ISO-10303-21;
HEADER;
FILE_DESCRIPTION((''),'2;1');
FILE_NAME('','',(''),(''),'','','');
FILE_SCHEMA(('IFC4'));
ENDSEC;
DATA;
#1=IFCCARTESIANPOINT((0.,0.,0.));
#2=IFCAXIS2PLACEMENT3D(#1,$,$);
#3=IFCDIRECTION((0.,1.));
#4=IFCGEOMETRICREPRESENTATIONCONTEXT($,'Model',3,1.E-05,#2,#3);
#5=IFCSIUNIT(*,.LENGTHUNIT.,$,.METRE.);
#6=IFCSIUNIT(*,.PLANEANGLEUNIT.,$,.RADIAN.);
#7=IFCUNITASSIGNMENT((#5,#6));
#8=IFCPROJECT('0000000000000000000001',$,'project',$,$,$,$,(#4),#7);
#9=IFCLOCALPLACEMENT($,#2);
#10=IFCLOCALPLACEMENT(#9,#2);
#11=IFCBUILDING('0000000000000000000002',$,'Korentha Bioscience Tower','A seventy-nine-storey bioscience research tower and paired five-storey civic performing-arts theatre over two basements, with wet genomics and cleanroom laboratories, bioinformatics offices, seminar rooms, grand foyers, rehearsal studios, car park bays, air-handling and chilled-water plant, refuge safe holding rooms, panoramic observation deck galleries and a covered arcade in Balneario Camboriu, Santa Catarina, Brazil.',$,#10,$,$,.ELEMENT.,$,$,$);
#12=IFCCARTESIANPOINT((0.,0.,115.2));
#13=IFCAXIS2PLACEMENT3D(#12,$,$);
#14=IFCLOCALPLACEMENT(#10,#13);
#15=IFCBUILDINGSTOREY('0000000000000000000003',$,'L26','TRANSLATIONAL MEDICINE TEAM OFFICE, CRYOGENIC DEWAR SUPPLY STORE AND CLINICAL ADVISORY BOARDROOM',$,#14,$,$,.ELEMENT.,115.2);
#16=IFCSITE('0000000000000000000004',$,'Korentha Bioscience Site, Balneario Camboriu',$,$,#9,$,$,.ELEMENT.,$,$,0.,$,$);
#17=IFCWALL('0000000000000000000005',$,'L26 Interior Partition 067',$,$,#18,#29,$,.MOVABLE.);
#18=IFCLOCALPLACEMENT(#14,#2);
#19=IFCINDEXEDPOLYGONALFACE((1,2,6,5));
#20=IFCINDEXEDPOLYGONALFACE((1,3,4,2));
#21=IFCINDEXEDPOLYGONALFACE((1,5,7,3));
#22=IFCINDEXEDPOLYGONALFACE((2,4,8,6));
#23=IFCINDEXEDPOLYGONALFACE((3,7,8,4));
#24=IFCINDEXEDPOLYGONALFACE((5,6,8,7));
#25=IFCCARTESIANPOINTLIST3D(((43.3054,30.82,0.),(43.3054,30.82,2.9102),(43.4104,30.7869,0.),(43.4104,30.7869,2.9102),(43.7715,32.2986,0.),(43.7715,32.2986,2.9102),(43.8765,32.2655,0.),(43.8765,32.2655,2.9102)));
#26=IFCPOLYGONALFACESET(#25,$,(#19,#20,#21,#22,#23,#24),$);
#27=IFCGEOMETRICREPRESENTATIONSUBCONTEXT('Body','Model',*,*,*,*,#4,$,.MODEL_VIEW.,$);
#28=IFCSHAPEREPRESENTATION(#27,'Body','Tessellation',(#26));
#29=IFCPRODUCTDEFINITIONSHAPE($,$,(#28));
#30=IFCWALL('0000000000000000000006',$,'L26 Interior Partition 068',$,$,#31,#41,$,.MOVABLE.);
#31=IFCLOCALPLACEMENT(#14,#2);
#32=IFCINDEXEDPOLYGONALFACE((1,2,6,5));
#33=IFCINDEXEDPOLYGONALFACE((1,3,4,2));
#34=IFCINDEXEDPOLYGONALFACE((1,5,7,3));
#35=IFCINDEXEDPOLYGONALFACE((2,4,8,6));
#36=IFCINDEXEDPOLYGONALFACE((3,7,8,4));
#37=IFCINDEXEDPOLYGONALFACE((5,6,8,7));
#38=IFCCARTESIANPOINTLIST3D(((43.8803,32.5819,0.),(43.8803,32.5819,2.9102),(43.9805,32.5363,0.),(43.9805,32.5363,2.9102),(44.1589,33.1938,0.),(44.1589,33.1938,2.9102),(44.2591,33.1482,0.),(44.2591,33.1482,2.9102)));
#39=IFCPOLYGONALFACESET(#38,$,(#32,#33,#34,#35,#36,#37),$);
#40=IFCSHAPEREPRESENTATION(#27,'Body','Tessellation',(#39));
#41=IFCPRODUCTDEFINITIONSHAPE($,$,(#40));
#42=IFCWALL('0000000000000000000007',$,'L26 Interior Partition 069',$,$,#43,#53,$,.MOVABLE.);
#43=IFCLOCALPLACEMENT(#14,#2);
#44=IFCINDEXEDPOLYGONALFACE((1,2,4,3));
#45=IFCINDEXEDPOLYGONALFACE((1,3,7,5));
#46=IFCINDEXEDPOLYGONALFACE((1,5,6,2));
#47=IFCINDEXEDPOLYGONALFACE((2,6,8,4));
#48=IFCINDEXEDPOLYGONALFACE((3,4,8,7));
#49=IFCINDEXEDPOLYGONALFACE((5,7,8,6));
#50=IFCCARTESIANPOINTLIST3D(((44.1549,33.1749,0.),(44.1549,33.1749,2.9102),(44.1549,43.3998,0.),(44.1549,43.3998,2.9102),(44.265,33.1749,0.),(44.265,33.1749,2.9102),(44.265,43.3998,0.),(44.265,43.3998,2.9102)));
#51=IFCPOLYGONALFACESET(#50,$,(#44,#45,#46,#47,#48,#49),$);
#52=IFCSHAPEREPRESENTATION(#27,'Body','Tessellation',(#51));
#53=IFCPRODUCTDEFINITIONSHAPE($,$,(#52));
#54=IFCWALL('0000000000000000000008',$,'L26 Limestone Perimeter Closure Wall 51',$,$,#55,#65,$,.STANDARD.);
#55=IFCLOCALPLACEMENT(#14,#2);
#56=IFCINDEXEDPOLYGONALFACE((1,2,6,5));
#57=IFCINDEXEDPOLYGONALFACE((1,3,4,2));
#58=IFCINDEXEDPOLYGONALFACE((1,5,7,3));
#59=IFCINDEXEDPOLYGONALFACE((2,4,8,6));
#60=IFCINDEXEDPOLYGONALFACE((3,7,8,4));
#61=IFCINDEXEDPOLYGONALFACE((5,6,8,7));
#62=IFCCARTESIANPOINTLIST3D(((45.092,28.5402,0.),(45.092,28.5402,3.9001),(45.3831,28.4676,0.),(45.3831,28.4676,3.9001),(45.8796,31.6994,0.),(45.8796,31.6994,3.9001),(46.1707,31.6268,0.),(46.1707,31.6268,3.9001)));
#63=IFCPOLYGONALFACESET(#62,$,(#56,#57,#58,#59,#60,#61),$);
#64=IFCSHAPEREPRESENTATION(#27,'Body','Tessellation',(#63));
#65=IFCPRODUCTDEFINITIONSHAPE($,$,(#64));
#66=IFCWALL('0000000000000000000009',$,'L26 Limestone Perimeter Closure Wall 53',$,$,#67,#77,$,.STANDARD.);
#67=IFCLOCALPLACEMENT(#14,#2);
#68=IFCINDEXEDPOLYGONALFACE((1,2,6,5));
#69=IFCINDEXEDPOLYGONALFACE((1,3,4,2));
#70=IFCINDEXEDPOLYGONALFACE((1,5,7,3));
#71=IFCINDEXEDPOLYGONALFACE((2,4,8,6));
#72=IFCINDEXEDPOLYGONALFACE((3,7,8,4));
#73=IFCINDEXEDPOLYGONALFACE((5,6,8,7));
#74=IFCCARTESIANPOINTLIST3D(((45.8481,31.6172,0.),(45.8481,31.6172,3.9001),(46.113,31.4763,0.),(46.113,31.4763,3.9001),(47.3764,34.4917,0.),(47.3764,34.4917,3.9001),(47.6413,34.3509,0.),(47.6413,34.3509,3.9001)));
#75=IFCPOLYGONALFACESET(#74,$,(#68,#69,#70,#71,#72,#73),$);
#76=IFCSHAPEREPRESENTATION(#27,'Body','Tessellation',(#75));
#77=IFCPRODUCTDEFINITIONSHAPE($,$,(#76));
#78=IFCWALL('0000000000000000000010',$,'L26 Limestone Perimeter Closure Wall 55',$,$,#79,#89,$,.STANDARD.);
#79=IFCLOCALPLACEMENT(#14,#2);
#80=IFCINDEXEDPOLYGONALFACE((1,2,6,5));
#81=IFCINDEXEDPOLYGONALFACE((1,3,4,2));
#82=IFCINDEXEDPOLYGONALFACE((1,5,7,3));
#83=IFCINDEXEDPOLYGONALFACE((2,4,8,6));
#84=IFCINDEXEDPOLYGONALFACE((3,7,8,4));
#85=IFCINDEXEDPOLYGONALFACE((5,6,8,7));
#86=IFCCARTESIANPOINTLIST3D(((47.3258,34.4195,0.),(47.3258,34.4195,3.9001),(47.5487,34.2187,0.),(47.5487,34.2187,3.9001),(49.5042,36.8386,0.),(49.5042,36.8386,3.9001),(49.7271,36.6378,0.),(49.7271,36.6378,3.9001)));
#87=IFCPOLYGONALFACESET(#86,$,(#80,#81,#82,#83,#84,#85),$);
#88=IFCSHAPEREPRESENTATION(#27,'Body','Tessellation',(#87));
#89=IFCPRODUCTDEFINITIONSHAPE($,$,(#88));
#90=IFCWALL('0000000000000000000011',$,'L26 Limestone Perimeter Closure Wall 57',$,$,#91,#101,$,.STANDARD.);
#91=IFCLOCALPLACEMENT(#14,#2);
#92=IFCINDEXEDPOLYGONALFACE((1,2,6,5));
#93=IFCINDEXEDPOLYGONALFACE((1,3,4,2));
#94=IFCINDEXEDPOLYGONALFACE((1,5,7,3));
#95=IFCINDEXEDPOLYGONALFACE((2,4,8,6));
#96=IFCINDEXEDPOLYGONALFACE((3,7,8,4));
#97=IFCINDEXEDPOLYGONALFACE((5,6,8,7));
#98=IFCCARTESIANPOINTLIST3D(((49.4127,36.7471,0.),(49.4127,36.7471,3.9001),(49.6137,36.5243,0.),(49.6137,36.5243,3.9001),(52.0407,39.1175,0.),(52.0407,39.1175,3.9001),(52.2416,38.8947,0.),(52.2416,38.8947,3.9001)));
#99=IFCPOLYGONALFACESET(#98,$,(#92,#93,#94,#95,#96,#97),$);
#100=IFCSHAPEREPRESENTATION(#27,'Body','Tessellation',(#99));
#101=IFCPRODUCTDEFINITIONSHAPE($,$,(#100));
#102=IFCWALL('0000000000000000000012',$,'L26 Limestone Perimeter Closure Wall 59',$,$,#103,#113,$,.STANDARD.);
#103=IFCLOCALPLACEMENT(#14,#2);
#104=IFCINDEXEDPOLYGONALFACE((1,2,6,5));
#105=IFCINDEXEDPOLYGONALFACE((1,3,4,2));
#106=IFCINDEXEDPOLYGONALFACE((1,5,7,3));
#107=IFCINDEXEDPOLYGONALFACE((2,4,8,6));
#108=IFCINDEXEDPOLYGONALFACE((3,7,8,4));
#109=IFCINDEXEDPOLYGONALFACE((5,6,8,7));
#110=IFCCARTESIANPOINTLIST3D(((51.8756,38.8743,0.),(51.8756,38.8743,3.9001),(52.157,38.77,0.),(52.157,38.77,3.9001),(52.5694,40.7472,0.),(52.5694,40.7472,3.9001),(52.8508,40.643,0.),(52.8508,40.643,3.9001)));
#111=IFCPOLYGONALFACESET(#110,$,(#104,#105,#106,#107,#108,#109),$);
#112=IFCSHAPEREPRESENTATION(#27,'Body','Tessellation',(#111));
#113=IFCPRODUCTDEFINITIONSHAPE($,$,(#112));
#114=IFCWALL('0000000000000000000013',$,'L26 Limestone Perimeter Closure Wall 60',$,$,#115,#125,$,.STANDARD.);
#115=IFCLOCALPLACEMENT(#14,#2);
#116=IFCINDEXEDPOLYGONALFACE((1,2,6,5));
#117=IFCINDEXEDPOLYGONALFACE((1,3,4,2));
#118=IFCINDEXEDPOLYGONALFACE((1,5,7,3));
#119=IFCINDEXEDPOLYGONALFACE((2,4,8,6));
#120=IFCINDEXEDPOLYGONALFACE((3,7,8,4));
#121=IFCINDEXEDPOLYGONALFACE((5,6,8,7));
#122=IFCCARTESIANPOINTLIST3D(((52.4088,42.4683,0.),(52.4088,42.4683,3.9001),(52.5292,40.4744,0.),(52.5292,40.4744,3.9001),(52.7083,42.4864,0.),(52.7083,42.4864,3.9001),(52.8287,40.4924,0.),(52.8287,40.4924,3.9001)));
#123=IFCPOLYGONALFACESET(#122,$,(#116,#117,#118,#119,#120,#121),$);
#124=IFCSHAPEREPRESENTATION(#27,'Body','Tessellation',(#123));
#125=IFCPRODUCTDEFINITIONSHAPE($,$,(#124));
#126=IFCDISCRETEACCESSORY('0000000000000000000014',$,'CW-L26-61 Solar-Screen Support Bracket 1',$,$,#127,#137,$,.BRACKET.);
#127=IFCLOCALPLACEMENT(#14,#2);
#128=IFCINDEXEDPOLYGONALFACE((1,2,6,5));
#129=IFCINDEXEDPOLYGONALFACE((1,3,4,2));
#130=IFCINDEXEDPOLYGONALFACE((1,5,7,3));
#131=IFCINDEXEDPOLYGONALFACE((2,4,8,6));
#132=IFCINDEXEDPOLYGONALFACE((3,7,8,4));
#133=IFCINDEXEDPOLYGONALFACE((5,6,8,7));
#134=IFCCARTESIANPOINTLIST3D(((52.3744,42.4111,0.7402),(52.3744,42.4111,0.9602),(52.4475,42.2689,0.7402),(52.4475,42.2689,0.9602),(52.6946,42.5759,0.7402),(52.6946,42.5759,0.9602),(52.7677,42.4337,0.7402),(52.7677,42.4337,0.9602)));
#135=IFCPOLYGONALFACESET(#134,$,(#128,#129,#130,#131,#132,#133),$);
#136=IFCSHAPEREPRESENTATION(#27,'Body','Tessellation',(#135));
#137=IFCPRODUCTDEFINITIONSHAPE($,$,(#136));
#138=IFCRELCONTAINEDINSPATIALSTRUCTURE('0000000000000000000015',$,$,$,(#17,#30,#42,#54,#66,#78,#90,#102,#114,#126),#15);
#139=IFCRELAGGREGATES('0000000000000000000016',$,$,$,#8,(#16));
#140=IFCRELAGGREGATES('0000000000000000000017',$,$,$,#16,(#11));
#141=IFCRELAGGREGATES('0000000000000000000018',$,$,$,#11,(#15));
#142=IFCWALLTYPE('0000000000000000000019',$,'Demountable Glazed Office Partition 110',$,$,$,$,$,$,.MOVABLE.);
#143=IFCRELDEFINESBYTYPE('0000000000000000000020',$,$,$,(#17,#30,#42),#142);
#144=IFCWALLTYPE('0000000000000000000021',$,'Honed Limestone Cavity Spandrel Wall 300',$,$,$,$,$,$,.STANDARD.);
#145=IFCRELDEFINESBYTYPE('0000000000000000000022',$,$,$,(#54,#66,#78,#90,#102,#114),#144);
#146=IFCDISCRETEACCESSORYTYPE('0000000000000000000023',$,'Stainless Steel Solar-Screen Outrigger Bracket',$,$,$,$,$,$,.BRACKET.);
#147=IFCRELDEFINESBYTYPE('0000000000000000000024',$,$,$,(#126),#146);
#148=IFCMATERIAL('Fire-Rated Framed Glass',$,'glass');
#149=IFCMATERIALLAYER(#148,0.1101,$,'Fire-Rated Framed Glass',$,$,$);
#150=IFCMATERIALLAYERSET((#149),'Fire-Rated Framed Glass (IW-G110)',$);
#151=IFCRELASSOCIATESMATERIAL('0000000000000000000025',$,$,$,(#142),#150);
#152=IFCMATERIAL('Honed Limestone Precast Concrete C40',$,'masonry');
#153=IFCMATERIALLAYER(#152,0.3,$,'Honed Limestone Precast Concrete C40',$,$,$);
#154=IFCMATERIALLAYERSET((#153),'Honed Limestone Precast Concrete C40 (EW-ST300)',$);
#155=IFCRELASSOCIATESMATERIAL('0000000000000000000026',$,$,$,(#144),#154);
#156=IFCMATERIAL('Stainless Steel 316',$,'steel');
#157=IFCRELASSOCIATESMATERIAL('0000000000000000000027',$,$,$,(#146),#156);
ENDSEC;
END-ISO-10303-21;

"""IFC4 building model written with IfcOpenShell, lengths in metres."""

from ifc_helpers import new_model, si_unit, direction, frame, frame_2d, origin, origin_2d, place, context, subcontext, project, spatial, rectangle, extrude, material, layer, layer_set, type_object, element, save


model = new_model("IFC4")

# Units and contexts
model_context = context("Model", 3, precision=1e-05, world=origin(), true_north=direction((0.0, 1.0)))
body_context = subcontext(model_context, "Body", "Model", "MODEL_VIEW")
ifc_project = project(units=[si_unit("LENGTHUNIT", "METRE"), si_unit("PLANEANGLEUNIT", "RADIAN")], contexts=[model_context])

# Site, building, storey
site_placement = place(None, origin())
site = spatial("IfcSite", under=ifc_project, at=site_placement, Name="Korentha Bioscience Site, Balneario Camboriu", CompositionType="ELEMENT", RefElevation=0.0)
building_placement = place(site_placement, origin())
building = spatial("IfcBuilding", under=site, at=building_placement, Name="Korentha Bioscience Tower", Description="A seventy-nine-storey bioscience research tower and paired five-storey civic performing-arts theatre over two basements, with wet genomics and cleanroom laboratories, bioinformatics offices, seminar rooms, grand foyers, rehearsal studios, car park bays, air-handling and chilled-water plant, refuge safe holding rooms, panoramic observation deck galleries and a covered arcade in Balneario Camboriu, Santa Catarina, Brazil.", CompositionType="ELEMENT")
storey_placement = place(building_placement, frame((0.0, 0.0, 115.2)))
storey = spatial("IfcBuildingStorey", under=building, at=storey_placement, Name="L26", Description="TRANSLATIONAL MEDICINE TEAM OFFICE, CRYOGENIC DEWAR SUPPLY STORE AND CLINICAL ADVISORY BOARDROOM", CompositionType="ELEMENT", Elevation=115.2)

# Walls
ifc_material_1 = material(Name="Fire-Rated Framed Glass", Category="glass")
ifc_layer_1 = layer(ifc_material_1, 0.1101, Name="Fire-Rated Framed Glass")
ifc_layer_set_1 = layer_set([ifc_layer_1], Name="Fire-Rated Framed Glass (IW-G110)")
wall_type_1 = type_object("IfcWallType", Name="Demountable Glazed Office Partition 110", PredefinedType="MOVABLE", material=ifc_layer_set_1)
wall_1_placement = place(storey_placement, frame((43.3579, 30.8035, 0.0), z_axis=(0.0, 0.0, 1.0), x_axis=(0.300641, 0.953737, 0.0)))
element("IfcWall", 1, at=wall_1_placement, inside=storey, type_object=wall_type_1, Name="L26 Interior Partition 067", PredefinedType="MOVABLE", context=body_context, shape_type="SweptSolid", body=[
    extrude(rectangle(XDim=1.5503, YDim=0.1101, at=frame_2d((0.7751, 0.0))), origin(), (0.0, 0.0, 1.0), 2.9102),
])
wall_2_placement = place(storey_placement, frame((43.9304, 32.5591, 0.0), z_axis=(0.0, 0.0, 1.0), x_axis=(0.414377, 0.910105, 0.0)))
element("IfcWall", 2, at=wall_2_placement, inside=storey, type_object=wall_type_1, Name="L26 Interior Partition 068", PredefinedType="MOVABLE", context=body_context, shape_type="SweptSolid", body=[
    extrude(rectangle(XDim=0.6724, YDim=0.1101, at=frame_2d((0.3362, 0.0))), origin(), (0.0, 0.0, 1.0), 2.9102),
])
wall_3_placement = place(storey_placement, frame((44.21, 33.175, 0.0), z_axis=(0.0, 0.0, 1.0), x_axis=(0.0, 1.0, 0.0)))
element("IfcWall", 3, at=wall_3_placement, inside=storey, type_object=wall_type_1, Name="L26 Interior Partition 069", PredefinedType="MOVABLE", context=body_context, shape_type="SweptSolid", body=[
    extrude(rectangle(XDim=10.2249, YDim=0.1101, at=frame_2d((5.1123, 0.0))), origin(), (0.0, 0.0, 1.0), 2.9102),
])
ifc_material_2 = material(Name="Honed Limestone Precast Concrete C40", Category="masonry")
ifc_layer_2 = layer(ifc_material_2, 0.3, Name="Honed Limestone Precast Concrete C40")
ifc_layer_set_2 = layer_set([ifc_layer_2], Name="Honed Limestone Precast Concrete C40 (EW-ST300)")
wall_type_2 = type_object("IfcWallType", Name="Honed Limestone Cavity Spandrel Wall 300", PredefinedType="STANDARD", material=ifc_layer_set_2)
wall_4_placement = place(storey_placement, frame((45.2375, 28.5039, 0.0), z_axis=(0.0, 0.0, 1.0), x_axis=(0.2419, 0.970301, 0.0)))
element("IfcWall", 4, at=wall_4_placement, inside=storey, type_object=wall_type_2, Name="L26 Limestone Perimeter Closure Wall 51", PredefinedType="STANDARD", context=body_context, shape_type="SweptSolid", body=[
    extrude(rectangle(XDim=3.2559, YDim=0.3, at=frame_2d((1.6279, 0.0))), origin(), (0.0, 0.0, 1.0), 3.9001),
])
wall_5_placement = place(storey_placement, frame((45.9805, 31.5466, 0.0), z_axis=(0.0, 0.0, 1.0), x_axis=(0.469451, 0.882958, 0.0)))
element("IfcWall", 5, at=wall_5_placement, inside=storey, type_object=wall_type_2, Name="L26 Limestone Perimeter Closure Wall 53", PredefinedType="STANDARD", context=body_context, shape_type="SweptSolid", body=[
    extrude(rectangle(XDim=3.2556, YDim=0.3, at=frame_2d((1.6279, 0.0))), origin(), (0.0, 0.0, 1.0), 3.9001),
])
wall_6_placement = place(storey_placement, frame((47.4373, 34.3191, 0.0), z_axis=(0.0, 0.0, 1.0), x_axis=(0.669168, 0.743111, 0.0)))
element("IfcWall", 6, at=wall_6_placement, inside=storey, type_object=wall_type_2, Name="L26 Limestone Perimeter Closure Wall 55", PredefinedType="STANDARD", context=body_context, shape_type="SweptSolid", body=[
    extrude(rectangle(XDim=3.2554, YDim=0.3, at=frame_2d((1.6277, 0.0))), origin(), (0.0, 0.0, 1.0), 3.9001),
])
wall_7_placement = place(storey_placement, frame((49.5132, 36.6357, 0.0), z_axis=(0.0, 0.0, 1.0), x_axis=(0.74256, 0.66978, 0.0)))
element("IfcWall", 7, at=wall_7_placement, inside=storey, type_object=wall_type_2, Name="L26 Limestone Perimeter Closure Wall 57", PredefinedType="STANDARD", context=body_context, shape_type="SweptSolid", body=[
    extrude(rectangle(XDim=3.5391, YDim=0.3, at=frame_2d((1.7695, 0.0))), origin(), (0.0, 0.0, 1.0), 3.9001),
])
wall_8_placement = place(storey_placement, frame((52.0164, 38.8223, 0.0), z_axis=(0.0, 0.0, 1.0), x_axis=(0.34737, 0.937728, 0.0)))
element("IfcWall", 8, at=wall_8_placement, inside=storey, type_object=wall_type_2, Name="L26 Limestone Perimeter Closure Wall 59", PredefinedType="STANDARD", context=body_context, shape_type="SweptSolid", body=[
    extrude(rectangle(XDim=1.9973, YDim=0.3, at=frame_2d((0.9985, 0.0))), origin(), (0.0, 0.0, 1.0), 3.9001),
])
wall_9_placement = place(storey_placement, frame((52.679, 40.4834, 0.0), z_axis=(0.0, 0.0, 1.0), x_axis=(-0.060255, 0.998183, 0.0)))
element("IfcWall", 9, at=wall_9_placement, inside=storey, type_object=wall_type_2, Name="L26 Limestone Perimeter Closure Wall 60", PredefinedType="STANDARD", context=body_context, shape_type="SweptSolid", body=[
    extrude(rectangle(XDim=1.9976, YDim=0.3, at=frame_2d((0.9988, 0.0))), origin(), (0.0, 0.0, 1.0), 3.9001),
])

# Discrete accessory
ifc_material_3 = material(Name="Stainless Steel 316", Category="steel")
discrete_accessory_type = type_object("IfcDiscreteAccessoryType", Name="Stainless Steel Solar-Screen Outrigger Bracket", PredefinedType="BRACKET", material=ifc_material_3)
discrete_accessory_placement = place(storey_placement, frame((52.571, 42.4224, 0.7402), z_axis=(0.0, 0.0, 1.0), x_axis=(-0.457613, 0.889151, 0.0)))
element("IfcDiscreteAccessory", 10, at=discrete_accessory_placement, inside=storey, type_object=discrete_accessory_type, Name="CW-L26-61 Solar-Screen Support Bracket 1", PredefinedType="BRACKET", context=body_context, shape_type="SweptSolid", body=[
    extrude(rectangle(XDim=0.1599, YDim=0.3601, at=origin_2d()), origin(), (0.0, 0.0, 1.0), 0.22),
])

save(model, "model.ifc")
